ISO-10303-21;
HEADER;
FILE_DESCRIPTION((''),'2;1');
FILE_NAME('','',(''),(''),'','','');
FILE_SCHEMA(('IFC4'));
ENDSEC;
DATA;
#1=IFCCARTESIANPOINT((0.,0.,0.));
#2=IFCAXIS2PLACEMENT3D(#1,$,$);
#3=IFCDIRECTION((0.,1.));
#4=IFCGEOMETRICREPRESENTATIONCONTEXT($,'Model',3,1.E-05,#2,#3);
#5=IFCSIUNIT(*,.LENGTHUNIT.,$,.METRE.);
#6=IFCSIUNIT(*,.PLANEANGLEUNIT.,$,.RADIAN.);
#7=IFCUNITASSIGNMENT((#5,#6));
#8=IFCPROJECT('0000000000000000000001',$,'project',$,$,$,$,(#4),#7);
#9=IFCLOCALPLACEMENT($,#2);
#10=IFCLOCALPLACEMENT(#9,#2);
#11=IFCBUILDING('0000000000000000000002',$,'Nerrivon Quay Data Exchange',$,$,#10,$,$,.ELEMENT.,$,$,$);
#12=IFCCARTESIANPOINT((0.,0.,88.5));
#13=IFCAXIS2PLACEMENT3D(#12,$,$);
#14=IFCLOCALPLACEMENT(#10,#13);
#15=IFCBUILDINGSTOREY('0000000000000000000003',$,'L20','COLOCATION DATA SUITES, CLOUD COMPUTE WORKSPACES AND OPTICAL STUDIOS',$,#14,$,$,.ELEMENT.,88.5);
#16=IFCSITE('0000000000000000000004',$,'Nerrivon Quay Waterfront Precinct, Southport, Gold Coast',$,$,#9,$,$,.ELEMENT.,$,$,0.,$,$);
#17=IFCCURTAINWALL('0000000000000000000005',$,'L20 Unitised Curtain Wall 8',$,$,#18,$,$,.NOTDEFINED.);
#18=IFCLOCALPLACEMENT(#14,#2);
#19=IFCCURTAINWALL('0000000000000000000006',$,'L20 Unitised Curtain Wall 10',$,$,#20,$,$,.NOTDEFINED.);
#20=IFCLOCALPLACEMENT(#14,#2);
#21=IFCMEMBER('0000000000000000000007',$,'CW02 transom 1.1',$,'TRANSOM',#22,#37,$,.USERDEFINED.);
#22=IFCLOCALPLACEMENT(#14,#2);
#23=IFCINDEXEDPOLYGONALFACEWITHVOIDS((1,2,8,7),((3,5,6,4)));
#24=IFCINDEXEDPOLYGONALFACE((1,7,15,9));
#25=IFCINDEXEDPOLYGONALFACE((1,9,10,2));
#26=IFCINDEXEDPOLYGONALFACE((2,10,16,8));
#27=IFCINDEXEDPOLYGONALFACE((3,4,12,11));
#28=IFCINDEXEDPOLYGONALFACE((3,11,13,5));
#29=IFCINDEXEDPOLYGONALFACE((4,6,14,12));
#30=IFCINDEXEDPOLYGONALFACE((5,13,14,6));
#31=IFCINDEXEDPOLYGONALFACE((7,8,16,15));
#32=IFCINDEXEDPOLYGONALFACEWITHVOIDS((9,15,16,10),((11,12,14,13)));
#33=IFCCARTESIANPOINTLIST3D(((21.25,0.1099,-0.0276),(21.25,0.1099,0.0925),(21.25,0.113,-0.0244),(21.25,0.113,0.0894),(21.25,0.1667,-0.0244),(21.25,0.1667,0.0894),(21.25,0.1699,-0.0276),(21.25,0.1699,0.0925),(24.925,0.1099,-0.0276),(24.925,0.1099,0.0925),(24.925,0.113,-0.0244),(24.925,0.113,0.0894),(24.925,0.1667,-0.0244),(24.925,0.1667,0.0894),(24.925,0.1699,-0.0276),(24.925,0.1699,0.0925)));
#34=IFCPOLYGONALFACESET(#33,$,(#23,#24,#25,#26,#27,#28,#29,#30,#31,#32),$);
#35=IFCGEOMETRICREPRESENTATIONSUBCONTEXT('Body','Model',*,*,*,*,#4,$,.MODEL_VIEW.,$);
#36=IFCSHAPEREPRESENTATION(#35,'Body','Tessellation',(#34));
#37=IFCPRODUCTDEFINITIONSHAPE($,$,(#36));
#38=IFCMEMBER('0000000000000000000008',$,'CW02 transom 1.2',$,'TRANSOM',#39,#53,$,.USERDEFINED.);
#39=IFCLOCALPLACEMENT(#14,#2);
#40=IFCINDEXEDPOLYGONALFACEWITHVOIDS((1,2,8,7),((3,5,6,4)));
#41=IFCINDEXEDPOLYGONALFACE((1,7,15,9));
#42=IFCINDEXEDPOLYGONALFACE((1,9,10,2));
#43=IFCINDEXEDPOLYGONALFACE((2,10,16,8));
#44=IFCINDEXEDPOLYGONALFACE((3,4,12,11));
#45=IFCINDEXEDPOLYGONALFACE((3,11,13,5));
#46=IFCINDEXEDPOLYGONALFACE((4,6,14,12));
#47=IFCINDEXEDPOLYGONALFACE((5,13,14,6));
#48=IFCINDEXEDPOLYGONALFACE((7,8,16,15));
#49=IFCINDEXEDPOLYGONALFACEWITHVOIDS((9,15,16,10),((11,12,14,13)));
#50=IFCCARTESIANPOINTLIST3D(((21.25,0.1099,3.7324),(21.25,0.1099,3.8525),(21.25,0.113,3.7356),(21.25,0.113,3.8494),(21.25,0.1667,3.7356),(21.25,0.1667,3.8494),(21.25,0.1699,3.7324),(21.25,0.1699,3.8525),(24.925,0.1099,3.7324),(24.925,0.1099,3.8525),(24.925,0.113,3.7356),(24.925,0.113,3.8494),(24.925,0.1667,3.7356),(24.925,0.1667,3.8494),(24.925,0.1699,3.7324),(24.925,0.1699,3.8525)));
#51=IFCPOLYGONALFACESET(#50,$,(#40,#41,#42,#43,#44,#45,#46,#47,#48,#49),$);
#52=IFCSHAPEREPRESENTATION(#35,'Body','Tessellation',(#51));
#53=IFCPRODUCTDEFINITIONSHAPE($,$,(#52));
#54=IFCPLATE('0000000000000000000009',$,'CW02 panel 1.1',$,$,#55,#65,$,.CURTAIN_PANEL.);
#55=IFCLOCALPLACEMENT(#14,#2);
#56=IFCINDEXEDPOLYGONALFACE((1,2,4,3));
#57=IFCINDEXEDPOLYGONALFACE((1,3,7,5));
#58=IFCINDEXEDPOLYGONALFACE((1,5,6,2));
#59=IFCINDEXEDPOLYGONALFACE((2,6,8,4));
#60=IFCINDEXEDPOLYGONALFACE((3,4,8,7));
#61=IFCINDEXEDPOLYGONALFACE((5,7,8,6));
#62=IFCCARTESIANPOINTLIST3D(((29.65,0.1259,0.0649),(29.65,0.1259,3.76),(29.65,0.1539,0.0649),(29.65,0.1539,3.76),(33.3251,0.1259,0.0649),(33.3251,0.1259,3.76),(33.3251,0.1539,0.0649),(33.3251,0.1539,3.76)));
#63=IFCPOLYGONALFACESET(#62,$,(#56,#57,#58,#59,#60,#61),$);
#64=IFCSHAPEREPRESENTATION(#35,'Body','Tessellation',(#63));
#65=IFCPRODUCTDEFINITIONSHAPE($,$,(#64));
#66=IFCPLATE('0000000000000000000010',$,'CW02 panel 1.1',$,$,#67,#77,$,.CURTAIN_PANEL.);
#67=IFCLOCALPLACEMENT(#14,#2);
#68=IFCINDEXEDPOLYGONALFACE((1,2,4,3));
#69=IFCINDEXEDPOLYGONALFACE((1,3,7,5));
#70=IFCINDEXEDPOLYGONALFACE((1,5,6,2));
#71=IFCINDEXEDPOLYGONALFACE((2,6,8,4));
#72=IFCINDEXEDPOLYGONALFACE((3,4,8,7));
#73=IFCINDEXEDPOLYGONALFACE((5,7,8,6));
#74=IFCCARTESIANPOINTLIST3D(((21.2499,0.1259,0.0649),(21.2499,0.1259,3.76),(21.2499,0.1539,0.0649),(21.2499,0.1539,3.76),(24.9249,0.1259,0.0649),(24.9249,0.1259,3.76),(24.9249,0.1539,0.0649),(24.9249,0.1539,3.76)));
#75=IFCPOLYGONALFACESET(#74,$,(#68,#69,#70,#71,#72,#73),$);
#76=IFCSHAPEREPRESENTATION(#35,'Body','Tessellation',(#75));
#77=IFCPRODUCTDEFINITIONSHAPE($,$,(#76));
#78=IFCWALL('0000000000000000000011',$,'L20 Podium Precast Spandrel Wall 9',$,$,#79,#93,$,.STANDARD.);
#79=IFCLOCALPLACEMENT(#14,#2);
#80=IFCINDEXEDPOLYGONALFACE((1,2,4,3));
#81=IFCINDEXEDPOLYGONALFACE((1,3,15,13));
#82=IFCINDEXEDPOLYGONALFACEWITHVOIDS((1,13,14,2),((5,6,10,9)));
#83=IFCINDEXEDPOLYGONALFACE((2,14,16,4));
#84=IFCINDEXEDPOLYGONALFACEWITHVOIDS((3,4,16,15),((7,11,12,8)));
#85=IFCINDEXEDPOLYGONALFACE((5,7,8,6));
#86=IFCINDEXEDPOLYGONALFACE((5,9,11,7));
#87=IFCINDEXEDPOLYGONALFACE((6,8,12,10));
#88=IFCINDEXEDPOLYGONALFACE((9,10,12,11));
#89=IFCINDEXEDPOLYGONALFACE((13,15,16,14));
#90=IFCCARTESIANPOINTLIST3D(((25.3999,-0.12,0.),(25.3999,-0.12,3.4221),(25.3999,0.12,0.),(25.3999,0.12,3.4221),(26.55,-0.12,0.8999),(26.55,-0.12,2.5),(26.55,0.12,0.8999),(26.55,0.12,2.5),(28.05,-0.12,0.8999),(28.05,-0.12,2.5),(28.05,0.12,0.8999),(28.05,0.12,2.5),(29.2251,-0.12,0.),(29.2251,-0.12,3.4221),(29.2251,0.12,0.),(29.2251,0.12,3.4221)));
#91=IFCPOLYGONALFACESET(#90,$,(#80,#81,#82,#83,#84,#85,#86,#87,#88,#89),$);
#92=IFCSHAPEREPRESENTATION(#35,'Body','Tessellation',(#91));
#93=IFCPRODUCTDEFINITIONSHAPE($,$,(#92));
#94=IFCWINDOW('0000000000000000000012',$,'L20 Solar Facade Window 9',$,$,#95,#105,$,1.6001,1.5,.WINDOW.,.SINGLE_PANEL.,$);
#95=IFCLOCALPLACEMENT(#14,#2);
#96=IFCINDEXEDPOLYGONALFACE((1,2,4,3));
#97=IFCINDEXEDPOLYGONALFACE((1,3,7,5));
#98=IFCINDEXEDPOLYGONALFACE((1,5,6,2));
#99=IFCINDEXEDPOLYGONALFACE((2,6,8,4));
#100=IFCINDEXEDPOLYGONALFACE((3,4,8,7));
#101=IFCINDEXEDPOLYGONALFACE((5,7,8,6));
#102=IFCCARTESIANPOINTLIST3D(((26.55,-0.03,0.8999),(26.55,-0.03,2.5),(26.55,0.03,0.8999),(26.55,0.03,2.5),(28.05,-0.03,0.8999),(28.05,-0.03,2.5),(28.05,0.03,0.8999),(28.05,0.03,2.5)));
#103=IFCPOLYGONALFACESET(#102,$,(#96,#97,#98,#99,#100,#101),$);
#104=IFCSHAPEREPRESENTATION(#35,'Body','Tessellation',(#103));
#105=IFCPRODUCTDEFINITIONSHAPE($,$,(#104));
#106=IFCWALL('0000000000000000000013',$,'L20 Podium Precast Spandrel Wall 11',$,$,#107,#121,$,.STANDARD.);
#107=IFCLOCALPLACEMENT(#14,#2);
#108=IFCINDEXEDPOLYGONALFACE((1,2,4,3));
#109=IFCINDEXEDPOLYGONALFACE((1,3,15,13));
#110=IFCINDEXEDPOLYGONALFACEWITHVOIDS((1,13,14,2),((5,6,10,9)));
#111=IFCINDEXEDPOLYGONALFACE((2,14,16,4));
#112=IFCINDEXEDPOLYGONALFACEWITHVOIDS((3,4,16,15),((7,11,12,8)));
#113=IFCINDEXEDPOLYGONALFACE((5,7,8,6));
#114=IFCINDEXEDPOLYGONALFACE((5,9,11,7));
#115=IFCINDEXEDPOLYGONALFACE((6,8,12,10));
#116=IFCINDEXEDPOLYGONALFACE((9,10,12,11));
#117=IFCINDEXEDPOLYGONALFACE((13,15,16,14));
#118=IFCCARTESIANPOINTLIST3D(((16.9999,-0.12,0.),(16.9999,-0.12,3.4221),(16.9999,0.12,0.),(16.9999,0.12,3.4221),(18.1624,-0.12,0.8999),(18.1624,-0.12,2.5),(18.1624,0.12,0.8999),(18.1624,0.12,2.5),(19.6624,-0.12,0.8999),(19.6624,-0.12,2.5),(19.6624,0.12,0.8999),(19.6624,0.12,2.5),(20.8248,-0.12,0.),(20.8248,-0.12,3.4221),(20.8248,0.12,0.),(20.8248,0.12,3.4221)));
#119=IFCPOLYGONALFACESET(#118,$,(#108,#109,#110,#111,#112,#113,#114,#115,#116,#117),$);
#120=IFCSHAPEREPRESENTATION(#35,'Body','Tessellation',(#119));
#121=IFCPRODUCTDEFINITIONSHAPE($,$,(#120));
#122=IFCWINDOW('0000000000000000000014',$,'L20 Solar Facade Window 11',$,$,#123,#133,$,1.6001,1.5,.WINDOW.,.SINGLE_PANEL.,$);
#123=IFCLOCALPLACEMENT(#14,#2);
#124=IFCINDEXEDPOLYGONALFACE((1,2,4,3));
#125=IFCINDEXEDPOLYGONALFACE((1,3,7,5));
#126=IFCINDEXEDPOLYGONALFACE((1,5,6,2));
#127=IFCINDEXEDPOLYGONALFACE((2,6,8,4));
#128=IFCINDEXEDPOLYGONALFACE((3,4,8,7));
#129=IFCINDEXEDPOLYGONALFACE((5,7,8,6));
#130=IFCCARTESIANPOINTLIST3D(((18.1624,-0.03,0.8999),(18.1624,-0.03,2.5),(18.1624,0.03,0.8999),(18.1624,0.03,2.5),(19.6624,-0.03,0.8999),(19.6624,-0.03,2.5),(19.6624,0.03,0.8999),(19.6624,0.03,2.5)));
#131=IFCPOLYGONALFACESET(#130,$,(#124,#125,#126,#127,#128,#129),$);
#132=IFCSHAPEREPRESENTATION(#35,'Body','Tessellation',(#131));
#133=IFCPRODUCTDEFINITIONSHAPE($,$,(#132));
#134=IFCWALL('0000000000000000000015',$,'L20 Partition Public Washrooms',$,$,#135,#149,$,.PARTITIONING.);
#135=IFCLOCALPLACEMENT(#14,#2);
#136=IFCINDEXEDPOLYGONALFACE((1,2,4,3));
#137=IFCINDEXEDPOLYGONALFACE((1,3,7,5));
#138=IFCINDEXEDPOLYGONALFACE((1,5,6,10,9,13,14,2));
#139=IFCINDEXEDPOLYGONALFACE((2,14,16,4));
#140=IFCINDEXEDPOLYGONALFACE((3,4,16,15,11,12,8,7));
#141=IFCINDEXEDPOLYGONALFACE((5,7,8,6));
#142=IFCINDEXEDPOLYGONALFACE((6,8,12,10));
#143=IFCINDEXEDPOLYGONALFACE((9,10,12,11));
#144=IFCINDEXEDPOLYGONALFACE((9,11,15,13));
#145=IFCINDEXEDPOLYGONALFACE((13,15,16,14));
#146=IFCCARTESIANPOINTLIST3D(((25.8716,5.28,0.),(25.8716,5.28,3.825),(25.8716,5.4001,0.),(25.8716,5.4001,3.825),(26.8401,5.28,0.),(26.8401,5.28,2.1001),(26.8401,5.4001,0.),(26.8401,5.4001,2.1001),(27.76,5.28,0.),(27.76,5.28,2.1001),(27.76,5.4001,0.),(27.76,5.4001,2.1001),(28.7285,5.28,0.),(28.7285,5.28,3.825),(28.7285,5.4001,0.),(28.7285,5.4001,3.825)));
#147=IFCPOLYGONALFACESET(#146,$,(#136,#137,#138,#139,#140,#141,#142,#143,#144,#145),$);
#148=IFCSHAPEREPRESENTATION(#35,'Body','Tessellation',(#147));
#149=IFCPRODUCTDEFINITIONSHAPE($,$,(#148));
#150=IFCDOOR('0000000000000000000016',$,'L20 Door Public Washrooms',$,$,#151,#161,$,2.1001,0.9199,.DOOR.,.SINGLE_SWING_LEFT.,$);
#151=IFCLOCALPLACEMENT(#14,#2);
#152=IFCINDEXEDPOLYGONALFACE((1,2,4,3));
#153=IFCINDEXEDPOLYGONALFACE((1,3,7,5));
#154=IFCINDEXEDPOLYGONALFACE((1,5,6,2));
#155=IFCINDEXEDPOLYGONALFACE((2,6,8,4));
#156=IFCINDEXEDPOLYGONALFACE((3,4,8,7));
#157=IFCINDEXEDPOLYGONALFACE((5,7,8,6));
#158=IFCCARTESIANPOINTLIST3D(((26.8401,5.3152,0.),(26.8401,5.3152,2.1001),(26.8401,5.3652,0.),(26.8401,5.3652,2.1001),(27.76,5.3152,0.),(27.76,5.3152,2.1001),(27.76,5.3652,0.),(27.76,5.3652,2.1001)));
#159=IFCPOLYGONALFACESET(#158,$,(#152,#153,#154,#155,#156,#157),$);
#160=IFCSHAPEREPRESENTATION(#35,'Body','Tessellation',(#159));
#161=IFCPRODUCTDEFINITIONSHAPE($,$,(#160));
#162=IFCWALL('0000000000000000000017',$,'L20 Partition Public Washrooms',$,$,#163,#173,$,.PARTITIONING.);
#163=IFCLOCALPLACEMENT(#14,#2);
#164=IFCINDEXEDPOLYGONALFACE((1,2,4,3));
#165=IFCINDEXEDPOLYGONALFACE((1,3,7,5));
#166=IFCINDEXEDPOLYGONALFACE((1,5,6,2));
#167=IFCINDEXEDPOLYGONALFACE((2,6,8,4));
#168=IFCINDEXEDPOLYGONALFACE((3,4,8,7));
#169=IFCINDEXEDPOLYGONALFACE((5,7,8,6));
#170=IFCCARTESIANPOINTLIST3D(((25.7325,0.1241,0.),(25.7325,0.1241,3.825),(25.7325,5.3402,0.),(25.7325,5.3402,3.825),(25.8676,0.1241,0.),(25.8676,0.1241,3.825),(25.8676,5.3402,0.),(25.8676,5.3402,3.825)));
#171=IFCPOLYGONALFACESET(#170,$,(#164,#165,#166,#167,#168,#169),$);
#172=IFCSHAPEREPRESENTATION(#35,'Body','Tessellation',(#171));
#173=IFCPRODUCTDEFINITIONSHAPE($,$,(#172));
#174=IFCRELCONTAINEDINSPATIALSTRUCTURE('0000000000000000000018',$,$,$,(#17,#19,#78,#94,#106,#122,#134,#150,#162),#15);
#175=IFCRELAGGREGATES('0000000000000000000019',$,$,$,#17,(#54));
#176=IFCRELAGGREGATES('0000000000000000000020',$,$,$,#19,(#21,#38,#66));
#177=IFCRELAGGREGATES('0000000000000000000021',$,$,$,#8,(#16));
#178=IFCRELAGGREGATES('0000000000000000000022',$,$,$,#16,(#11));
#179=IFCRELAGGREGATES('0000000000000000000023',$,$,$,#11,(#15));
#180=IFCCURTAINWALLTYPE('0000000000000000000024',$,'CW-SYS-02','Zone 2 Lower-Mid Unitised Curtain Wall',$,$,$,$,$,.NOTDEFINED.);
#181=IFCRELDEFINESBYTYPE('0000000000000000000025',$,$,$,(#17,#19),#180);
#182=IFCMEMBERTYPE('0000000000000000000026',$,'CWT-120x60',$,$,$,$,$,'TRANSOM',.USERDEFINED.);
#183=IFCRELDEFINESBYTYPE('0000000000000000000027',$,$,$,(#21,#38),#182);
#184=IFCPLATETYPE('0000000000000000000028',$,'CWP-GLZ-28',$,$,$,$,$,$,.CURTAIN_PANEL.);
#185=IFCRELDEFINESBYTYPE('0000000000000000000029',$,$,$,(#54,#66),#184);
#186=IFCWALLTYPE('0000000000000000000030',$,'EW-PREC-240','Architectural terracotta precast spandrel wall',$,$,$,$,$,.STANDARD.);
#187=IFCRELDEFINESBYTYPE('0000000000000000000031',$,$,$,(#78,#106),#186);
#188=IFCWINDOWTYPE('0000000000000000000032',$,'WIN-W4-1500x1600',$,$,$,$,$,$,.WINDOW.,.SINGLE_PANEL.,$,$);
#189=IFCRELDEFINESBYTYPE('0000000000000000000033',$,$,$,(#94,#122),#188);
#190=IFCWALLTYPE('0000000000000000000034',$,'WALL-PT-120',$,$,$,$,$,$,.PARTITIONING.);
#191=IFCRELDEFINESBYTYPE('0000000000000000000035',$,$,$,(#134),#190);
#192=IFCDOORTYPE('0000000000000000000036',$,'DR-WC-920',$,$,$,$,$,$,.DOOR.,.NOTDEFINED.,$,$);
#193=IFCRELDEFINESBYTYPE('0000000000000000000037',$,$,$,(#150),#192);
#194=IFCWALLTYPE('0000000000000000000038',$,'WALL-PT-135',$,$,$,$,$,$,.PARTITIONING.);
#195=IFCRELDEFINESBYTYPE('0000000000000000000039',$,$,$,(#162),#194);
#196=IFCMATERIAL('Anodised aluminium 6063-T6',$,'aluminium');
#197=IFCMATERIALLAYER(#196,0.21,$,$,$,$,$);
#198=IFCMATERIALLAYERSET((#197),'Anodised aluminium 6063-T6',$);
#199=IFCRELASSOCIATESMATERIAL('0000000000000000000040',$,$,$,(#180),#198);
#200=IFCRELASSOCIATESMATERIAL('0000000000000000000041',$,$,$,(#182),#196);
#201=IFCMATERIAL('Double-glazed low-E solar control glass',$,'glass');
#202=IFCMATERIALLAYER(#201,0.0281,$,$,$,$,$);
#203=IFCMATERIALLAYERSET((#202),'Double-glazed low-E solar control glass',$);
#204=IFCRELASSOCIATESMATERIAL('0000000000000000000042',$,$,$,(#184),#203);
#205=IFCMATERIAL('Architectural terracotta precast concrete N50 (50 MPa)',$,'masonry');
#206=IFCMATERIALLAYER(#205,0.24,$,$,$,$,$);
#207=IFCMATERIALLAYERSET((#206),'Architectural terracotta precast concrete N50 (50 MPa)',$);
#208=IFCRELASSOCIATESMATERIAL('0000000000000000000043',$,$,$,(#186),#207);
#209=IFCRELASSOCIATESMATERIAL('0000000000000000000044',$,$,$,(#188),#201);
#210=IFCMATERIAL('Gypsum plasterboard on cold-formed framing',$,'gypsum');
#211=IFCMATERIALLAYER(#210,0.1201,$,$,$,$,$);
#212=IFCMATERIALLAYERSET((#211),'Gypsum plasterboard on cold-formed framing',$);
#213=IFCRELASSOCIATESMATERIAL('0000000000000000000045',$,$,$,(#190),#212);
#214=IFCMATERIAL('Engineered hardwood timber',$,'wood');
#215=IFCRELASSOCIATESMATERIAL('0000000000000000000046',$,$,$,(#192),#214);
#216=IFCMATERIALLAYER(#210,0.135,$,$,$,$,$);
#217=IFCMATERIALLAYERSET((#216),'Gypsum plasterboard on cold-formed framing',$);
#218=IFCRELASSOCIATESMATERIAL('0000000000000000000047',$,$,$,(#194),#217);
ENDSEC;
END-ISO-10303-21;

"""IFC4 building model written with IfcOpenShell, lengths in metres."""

from ifc_helpers import new_model, si_unit, direction, frame, frame_2d, origin, origin_2d, place, context, subcontext, project, spatial, rectangle, hollow_rectangle, extrude, material, layer, layer_set, material_profile, profile_set, type_object, element, fill, aggregate, save


model = new_model("IFC4")

# Units and contexts
model_context = context("Model", 3, precision=1e-05, world=origin(), true_north=direction((0.0, 1.0)))
body_context = subcontext(model_context, "Body", "Model", "MODEL_VIEW")
ifc_project = project(units=[si_unit("LENGTHUNIT", "METRE"), si_unit("PLANEANGLEUNIT", "RADIAN")], contexts=[model_context])

# Site, building, storey
site_placement = place(None, origin())
site = spatial("IfcSite", under=ifc_project, at=site_placement, Name="Nerrivon Quay Waterfront Precinct, Southport, Gold Coast", CompositionType="ELEMENT", RefElevation=0.0)
building_placement = place(site_placement, origin())
building = spatial("IfcBuilding", under=site, at=building_placement, Name="Nerrivon Quay Data Exchange", CompositionType="ELEMENT")
storey_placement = place(building_placement, frame((0.0, 0.0, 88.5)))
storey = spatial("IfcBuildingStorey", under=building, at=storey_placement, Name="L20", Description="COLOCATION DATA SUITES, CLOUD COMPUTE WORKSPACES AND OPTICAL STUDIOS", CompositionType="ELEMENT", Elevation=88.5)

# Curtain wall
ifc_material_1 = material(Name="Anodised aluminium 6063-T6", Category="aluminium")
ifc_layer_1 = layer(ifc_material_1, 0.21)
ifc_layer_set_1 = layer_set([ifc_layer_1], Name="Anodised aluminium 6063-T6")
curtain_wall_type = type_object("IfcCurtainWallType", Name="CW-SYS-02", Description="Zone 2 Lower-Mid Unitised Curtain Wall", PredefinedType="NOTDEFINED", material=ifc_layer_set_1)
curtain_wall_1_placement = place(storey_placement, origin())
curtain_wall_1 = element("IfcCurtainWall", 1, at=curtain_wall_1_placement, inside=storey, type_object=curtain_wall_type, Name="L20 Unitised Curtain Wall 8", PredefinedType="NOTDEFINED")

# Curtain wall
curtain_wall_2_placement = place(storey_placement, origin())
curtain_wall_2 = element("IfcCurtainWall", 2, at=curtain_wall_2_placement, inside=storey, type_object=curtain_wall_type, Name="L20 Unitised Curtain Wall 10", PredefinedType="NOTDEFINED")

# Members
ifc_material_profile_1 = material_profile(ifc_material_1, hollow_rectangle(XDim=0.0601, YDim=0.1201, WallThickness=0.0032, at=origin_2d()), Name="ALU-TRAN-120x60")
ifc_profile_set_1 = profile_set([ifc_material_profile_1], Name="Anodised aluminium 6063-T6")
member_type_1 = type_object("IfcMemberType", Name="CWT-120x60", ElementType="TRANSOM", PredefinedType="USERDEFINED", material=ifc_profile_set_1)
member_1_placement = place(storey_placement, frame((24.925, 0.1399, 0.0325), z_axis=(-1.0, 0.0, 0.0), x_axis=(0.0, -1.0, 0.0)))
member_1 = element("IfcMember", 3, at=member_1_placement, type_object=member_type_1, Name="CW02 transom 1.1", ObjectType="TRANSOM", PredefinedType="USERDEFINED", context=body_context, shape_type="SweptSolid", body=[
    extrude(hollow_rectangle(XDim=0.0601, YDim=0.1201, WallThickness=0.0032, at=origin_2d()), origin(), (0.0, 0.0, 1.0), 3.675),
])
member_2_placement = place(storey_placement, frame((24.925, 0.1399, 3.7925), z_axis=(-1.0, 0.0, 0.0), x_axis=(0.0, -1.0, 0.0)))
member_2 = element("IfcMember", 4, at=member_2_placement, type_object=member_type_1, Name="CW02 transom 1.2", ObjectType="TRANSOM", PredefinedType="USERDEFINED", context=body_context, shape_type="SweptSolid", body=[
    extrude(hollow_rectangle(XDim=0.0601, YDim=0.1201, WallThickness=0.0032, at=origin_2d()), origin(), (0.0, 0.0, 1.0), 3.675),
])

# Plates
ifc_material_2 = material(Name="Double-glazed low-E solar control glass", Category="glass")
ifc_layer_2 = layer(ifc_material_2, 0.0281)
ifc_layer_set_2 = layer_set([ifc_layer_2], Name="Double-glazed low-E solar control glass")
plate_type = type_object("IfcPlateType", Name="CWP-GLZ-28", PredefinedType="CURTAIN_PANEL", material=ifc_layer_set_2)
plate_1_placement = place(storey_placement, frame((31.4875, 0.1399, 0.0649), z_axis=(0.0, 0.0, 1.0), x_axis=(-1.0, 0.0, 0.0)))
plate_1 = element("IfcPlate", 5, at=plate_1_placement, type_object=plate_type, Name="CW02 panel 1.1", PredefinedType="CURTAIN_PANEL", context=body_context, shape_type="SweptSolid", body=[
    extrude(rectangle(XDim=3.675, YDim=0.0281, at=origin_2d()), origin(), (0.0, 0.0, 1.0), 3.6951),
])
aggregate(curtain_wall_1, [plate_1])
plate_2_placement = place(storey_placement, frame((23.0874, 0.1399, 0.0649), z_axis=(0.0, 0.0, 1.0), x_axis=(-1.0, 0.0, 0.0)))
plate_2 = element("IfcPlate", 6, at=plate_2_placement, type_object=plate_type, Name="CW02 panel 1.1", PredefinedType="CURTAIN_PANEL", context=body_context, shape_type="SweptSolid", body=[
    extrude(rectangle(XDim=3.675, YDim=0.0281, at=origin_2d()), origin(), (0.0, 0.0, 1.0), 3.6951),
])
aggregate(curtain_wall_2, [member_1, member_2, plate_2])

# Walls, openings, windows
ifc_material_3 = material(Name="Architectural terracotta precast concrete N50 (50 MPa)", Category="masonry")
ifc_layer_3 = layer(ifc_material_3, 0.24)
ifc_layer_set_3 = layer_set([ifc_layer_3], Name="Architectural terracotta precast concrete N50 (50 MPa)")
wall_type_1 = type_object("IfcWallType", Name="EW-PREC-240", Description="Architectural terracotta precast spandrel wall", PredefinedType="STANDARD", material=ifc_layer_set_3)
wall_1_placement = place(storey_placement, frame((29.2251, 0.0, 0.0), z_axis=(0.0, 0.0, 1.0), x_axis=(-1.0, 0.0, 0.0)))
wall_1 = element("IfcWall", 7, at=wall_1_placement, inside=storey, type_object=wall_type_1, Name="L20 Podium Precast Spandrel Wall 9", PredefinedType="STANDARD", context=body_context, shape_type="SweptSolid", body=[
    extrude(rectangle(XDim=3.8252, YDim=0.24, at=frame_2d((1.9126, 0.0))), origin(), (0.0, 0.0, 1.0), 3.4221),
])
opening_1_placement = place(wall_1_placement, frame((1.175, 0.0, 0.8999)))
opening_1 = element("IfcOpeningElement", 8, at=opening_1_placement, cuts=wall_1, PredefinedType="OPENING", context=body_context, shape_type="SweptSolid", body=[
    extrude(rectangle(XDim=1.5, YDim=1.6001, at=frame_2d((0.75, 0.8))), frame((0.0, 0.1299, 0.0), z_axis=(0.0, -1.0, 0.0), x_axis=(1.0, 0.0, 0.0)), (0.0, 0.0, 1.0), 0.26),
])
window_type = type_object("IfcWindowType", Name="WIN-W4-1500x1600", PartitioningType="SINGLE_PANEL", PredefinedType="WINDOW", material=ifc_material_2)
window_1_placement = place(opening_1_placement, origin())
window_1 = element("IfcWindow", 9, at=window_1_placement, inside=storey, type_object=window_type, Name="L20 Solar Facade Window 9", OverallHeight=1.6001, OverallWidth=1.5, PartitioningType="SINGLE_PANEL", PredefinedType="WINDOW", context=body_context, shape_type="SweptSolid", body=[
    extrude(rectangle(XDim=1.5, YDim=1.6001, at=frame_2d((0.75, 0.8))), frame((0.0, 0.03, 0.0), z_axis=(0.0, -1.0, 0.0), x_axis=(1.0, 0.0, 0.0)), (0.0, 0.0, 1.0), 0.0601),
])
fill(opening_1, window_1)
wall_2_placement = place(storey_placement, frame((20.825, 0.0, 0.0), z_axis=(0.0, 0.0, 1.0), x_axis=(-1.0, 0.0, 0.0)))
wall_2 = element("IfcWall", 10, at=wall_2_placement, inside=storey, type_object=wall_type_1, Name="L20 Podium Precast Spandrel Wall 11", PredefinedType="STANDARD", context=body_context, shape_type="SweptSolid", body=[
    extrude(rectangle(XDim=3.825, YDim=0.24, at=frame_2d((1.9126, 0.0))), origin(), (0.0, 0.0, 1.0), 3.4221),
])
opening_2_placement = place(wall_2_placement, frame((1.1626, 0.0, 0.8999)))
opening_2 = element("IfcOpeningElement", 11, at=opening_2_placement, cuts=wall_2, PredefinedType="OPENING", context=body_context, shape_type="SweptSolid", body=[
    extrude(rectangle(XDim=1.5, YDim=1.6001, at=frame_2d((0.75, 0.8))), frame((0.0, 0.1299, 0.0), z_axis=(0.0, -1.0, 0.0), x_axis=(1.0, 0.0, 0.0)), (0.0, 0.0, 1.0), 0.26),
])
window_2_placement = place(opening_2_placement, origin())
window_2 = element("IfcWindow", 12, at=window_2_placement, inside=storey, type_object=window_type, Name="L20 Solar Facade Window 11", OverallHeight=1.6001, OverallWidth=1.5, PartitioningType="SINGLE_PANEL", PredefinedType="WINDOW", context=body_context, shape_type="SweptSolid", body=[
    extrude(rectangle(XDim=1.5, YDim=1.6001, at=frame_2d((0.75, 0.8))), frame((0.0, 0.03, 0.0), z_axis=(0.0, -1.0, 0.0), x_axis=(1.0, 0.0, 0.0)), (0.0, 0.0, 1.0), 0.0601),
])
fill(opening_2, window_2)

# Wall, opening, door
ifc_material_4 = material(Name="Gypsum plasterboard on cold-formed framing", Category="gypsum")
ifc_layer_4 = layer(ifc_material_4, 0.1201)
ifc_layer_set_4 = layer_set([ifc_layer_4], Name="Gypsum plasterboard on cold-formed framing")
wall_type_2 = type_object("IfcWallType", Name="WALL-PT-120", PredefinedType="PARTITIONING", material=ifc_layer_set_4)
wall_3_placement = place(storey_placement, frame((28.7285, 5.3401, 0.0), z_axis=(0.0, 0.0, 1.0), x_axis=(-1.0, 0.0, 0.0)))
wall_3 = element("IfcWall", 13, at=wall_3_placement, inside=storey, type_object=wall_type_2, Name="L20 Partition Public Washrooms", PredefinedType="PARTITIONING", context=body_context, shape_type="SweptSolid", body=[
    extrude(rectangle(XDim=2.8569, YDim=0.1201, at=frame_2d((1.4285, 0.0))), origin(), (0.0, 0.0, 1.0), 3.825),
])
opening_3_placement = place(wall_3_placement, frame((0.9685, 0.0, 0.0)))
opening_3 = element("IfcOpeningElement", 14, at=opening_3_placement, cuts=wall_3, PredefinedType="OPENING", context=body_context, shape_type="SweptSolid", body=[
    extrude(rectangle(XDim=0.9199, YDim=2.1001, at=frame_2d((0.46, 1.05))), frame((0.0, 0.0701, 0.0), z_axis=(0.0, -1.0, 0.0), x_axis=(1.0, 0.0, 0.0)), (0.0, 0.0, 1.0), 0.1401),
])
ifc_material_5 = material(Name="Engineered hardwood timber", Category="wood")
door_type_1 = type_object("IfcDoorType", Name="DR-WC-920", OperationType="NOTDEFINED", PredefinedType="DOOR", material=ifc_material_5)
door_1_placement = place(opening_3_placement, origin())
door_1 = element("IfcDoor", 15, at=door_1_placement, inside=storey, type_object=door_type_1, Name="L20 Door Public Washrooms", OperationType="SINGLE_SWING_LEFT", OverallHeight=2.1001, OverallWidth=0.9199, PredefinedType="DOOR", context=body_context, shape_type="SweptSolid", body=[
    extrude(rectangle(XDim=0.9199, YDim=2.1001, at=frame_2d((0.46, 1.05))), frame((0.0, 0.0249, 0.0), z_axis=(0.0, -1.0, 0.0), x_axis=(1.0, 0.0, 0.0)), (0.0, 0.0, 1.0), 0.05),
])
fill(opening_3, door_1)

# Wall
ifc_layer_5 = layer(ifc_material_4, 0.135)
ifc_layer_set_5 = layer_set([ifc_layer_5], Name="Gypsum plasterboard on cold-formed framing")
wall_type_3 = type_object("IfcWallType", Name="WALL-PT-135", PredefinedType="PARTITIONING", material=ifc_layer_set_5)
for number, where, z_axis, x_axis, name in (
    (16, (25.8, 5.3401, 0.0), (0.0, 0.0, 1.0), (0.0, -1.0, 0.0), "L20 Partition Public Washrooms"),
):
    element("IfcWall", number, at=place(storey_placement, frame(where, z_axis=z_axis, x_axis=x_axis)), inside=storey, type_object=wall_type_3, Name=name, PredefinedType="PARTITIONING", context=body_context, shape_type="SweptSolid", body=[
        extrude(rectangle(XDim=5.2161, YDim=0.135, at=frame_2d((2.6079, 0.0))), origin(), (0.0, 0.0, 1.0), 3.825),
    ])

save(model, "model.ifc")
